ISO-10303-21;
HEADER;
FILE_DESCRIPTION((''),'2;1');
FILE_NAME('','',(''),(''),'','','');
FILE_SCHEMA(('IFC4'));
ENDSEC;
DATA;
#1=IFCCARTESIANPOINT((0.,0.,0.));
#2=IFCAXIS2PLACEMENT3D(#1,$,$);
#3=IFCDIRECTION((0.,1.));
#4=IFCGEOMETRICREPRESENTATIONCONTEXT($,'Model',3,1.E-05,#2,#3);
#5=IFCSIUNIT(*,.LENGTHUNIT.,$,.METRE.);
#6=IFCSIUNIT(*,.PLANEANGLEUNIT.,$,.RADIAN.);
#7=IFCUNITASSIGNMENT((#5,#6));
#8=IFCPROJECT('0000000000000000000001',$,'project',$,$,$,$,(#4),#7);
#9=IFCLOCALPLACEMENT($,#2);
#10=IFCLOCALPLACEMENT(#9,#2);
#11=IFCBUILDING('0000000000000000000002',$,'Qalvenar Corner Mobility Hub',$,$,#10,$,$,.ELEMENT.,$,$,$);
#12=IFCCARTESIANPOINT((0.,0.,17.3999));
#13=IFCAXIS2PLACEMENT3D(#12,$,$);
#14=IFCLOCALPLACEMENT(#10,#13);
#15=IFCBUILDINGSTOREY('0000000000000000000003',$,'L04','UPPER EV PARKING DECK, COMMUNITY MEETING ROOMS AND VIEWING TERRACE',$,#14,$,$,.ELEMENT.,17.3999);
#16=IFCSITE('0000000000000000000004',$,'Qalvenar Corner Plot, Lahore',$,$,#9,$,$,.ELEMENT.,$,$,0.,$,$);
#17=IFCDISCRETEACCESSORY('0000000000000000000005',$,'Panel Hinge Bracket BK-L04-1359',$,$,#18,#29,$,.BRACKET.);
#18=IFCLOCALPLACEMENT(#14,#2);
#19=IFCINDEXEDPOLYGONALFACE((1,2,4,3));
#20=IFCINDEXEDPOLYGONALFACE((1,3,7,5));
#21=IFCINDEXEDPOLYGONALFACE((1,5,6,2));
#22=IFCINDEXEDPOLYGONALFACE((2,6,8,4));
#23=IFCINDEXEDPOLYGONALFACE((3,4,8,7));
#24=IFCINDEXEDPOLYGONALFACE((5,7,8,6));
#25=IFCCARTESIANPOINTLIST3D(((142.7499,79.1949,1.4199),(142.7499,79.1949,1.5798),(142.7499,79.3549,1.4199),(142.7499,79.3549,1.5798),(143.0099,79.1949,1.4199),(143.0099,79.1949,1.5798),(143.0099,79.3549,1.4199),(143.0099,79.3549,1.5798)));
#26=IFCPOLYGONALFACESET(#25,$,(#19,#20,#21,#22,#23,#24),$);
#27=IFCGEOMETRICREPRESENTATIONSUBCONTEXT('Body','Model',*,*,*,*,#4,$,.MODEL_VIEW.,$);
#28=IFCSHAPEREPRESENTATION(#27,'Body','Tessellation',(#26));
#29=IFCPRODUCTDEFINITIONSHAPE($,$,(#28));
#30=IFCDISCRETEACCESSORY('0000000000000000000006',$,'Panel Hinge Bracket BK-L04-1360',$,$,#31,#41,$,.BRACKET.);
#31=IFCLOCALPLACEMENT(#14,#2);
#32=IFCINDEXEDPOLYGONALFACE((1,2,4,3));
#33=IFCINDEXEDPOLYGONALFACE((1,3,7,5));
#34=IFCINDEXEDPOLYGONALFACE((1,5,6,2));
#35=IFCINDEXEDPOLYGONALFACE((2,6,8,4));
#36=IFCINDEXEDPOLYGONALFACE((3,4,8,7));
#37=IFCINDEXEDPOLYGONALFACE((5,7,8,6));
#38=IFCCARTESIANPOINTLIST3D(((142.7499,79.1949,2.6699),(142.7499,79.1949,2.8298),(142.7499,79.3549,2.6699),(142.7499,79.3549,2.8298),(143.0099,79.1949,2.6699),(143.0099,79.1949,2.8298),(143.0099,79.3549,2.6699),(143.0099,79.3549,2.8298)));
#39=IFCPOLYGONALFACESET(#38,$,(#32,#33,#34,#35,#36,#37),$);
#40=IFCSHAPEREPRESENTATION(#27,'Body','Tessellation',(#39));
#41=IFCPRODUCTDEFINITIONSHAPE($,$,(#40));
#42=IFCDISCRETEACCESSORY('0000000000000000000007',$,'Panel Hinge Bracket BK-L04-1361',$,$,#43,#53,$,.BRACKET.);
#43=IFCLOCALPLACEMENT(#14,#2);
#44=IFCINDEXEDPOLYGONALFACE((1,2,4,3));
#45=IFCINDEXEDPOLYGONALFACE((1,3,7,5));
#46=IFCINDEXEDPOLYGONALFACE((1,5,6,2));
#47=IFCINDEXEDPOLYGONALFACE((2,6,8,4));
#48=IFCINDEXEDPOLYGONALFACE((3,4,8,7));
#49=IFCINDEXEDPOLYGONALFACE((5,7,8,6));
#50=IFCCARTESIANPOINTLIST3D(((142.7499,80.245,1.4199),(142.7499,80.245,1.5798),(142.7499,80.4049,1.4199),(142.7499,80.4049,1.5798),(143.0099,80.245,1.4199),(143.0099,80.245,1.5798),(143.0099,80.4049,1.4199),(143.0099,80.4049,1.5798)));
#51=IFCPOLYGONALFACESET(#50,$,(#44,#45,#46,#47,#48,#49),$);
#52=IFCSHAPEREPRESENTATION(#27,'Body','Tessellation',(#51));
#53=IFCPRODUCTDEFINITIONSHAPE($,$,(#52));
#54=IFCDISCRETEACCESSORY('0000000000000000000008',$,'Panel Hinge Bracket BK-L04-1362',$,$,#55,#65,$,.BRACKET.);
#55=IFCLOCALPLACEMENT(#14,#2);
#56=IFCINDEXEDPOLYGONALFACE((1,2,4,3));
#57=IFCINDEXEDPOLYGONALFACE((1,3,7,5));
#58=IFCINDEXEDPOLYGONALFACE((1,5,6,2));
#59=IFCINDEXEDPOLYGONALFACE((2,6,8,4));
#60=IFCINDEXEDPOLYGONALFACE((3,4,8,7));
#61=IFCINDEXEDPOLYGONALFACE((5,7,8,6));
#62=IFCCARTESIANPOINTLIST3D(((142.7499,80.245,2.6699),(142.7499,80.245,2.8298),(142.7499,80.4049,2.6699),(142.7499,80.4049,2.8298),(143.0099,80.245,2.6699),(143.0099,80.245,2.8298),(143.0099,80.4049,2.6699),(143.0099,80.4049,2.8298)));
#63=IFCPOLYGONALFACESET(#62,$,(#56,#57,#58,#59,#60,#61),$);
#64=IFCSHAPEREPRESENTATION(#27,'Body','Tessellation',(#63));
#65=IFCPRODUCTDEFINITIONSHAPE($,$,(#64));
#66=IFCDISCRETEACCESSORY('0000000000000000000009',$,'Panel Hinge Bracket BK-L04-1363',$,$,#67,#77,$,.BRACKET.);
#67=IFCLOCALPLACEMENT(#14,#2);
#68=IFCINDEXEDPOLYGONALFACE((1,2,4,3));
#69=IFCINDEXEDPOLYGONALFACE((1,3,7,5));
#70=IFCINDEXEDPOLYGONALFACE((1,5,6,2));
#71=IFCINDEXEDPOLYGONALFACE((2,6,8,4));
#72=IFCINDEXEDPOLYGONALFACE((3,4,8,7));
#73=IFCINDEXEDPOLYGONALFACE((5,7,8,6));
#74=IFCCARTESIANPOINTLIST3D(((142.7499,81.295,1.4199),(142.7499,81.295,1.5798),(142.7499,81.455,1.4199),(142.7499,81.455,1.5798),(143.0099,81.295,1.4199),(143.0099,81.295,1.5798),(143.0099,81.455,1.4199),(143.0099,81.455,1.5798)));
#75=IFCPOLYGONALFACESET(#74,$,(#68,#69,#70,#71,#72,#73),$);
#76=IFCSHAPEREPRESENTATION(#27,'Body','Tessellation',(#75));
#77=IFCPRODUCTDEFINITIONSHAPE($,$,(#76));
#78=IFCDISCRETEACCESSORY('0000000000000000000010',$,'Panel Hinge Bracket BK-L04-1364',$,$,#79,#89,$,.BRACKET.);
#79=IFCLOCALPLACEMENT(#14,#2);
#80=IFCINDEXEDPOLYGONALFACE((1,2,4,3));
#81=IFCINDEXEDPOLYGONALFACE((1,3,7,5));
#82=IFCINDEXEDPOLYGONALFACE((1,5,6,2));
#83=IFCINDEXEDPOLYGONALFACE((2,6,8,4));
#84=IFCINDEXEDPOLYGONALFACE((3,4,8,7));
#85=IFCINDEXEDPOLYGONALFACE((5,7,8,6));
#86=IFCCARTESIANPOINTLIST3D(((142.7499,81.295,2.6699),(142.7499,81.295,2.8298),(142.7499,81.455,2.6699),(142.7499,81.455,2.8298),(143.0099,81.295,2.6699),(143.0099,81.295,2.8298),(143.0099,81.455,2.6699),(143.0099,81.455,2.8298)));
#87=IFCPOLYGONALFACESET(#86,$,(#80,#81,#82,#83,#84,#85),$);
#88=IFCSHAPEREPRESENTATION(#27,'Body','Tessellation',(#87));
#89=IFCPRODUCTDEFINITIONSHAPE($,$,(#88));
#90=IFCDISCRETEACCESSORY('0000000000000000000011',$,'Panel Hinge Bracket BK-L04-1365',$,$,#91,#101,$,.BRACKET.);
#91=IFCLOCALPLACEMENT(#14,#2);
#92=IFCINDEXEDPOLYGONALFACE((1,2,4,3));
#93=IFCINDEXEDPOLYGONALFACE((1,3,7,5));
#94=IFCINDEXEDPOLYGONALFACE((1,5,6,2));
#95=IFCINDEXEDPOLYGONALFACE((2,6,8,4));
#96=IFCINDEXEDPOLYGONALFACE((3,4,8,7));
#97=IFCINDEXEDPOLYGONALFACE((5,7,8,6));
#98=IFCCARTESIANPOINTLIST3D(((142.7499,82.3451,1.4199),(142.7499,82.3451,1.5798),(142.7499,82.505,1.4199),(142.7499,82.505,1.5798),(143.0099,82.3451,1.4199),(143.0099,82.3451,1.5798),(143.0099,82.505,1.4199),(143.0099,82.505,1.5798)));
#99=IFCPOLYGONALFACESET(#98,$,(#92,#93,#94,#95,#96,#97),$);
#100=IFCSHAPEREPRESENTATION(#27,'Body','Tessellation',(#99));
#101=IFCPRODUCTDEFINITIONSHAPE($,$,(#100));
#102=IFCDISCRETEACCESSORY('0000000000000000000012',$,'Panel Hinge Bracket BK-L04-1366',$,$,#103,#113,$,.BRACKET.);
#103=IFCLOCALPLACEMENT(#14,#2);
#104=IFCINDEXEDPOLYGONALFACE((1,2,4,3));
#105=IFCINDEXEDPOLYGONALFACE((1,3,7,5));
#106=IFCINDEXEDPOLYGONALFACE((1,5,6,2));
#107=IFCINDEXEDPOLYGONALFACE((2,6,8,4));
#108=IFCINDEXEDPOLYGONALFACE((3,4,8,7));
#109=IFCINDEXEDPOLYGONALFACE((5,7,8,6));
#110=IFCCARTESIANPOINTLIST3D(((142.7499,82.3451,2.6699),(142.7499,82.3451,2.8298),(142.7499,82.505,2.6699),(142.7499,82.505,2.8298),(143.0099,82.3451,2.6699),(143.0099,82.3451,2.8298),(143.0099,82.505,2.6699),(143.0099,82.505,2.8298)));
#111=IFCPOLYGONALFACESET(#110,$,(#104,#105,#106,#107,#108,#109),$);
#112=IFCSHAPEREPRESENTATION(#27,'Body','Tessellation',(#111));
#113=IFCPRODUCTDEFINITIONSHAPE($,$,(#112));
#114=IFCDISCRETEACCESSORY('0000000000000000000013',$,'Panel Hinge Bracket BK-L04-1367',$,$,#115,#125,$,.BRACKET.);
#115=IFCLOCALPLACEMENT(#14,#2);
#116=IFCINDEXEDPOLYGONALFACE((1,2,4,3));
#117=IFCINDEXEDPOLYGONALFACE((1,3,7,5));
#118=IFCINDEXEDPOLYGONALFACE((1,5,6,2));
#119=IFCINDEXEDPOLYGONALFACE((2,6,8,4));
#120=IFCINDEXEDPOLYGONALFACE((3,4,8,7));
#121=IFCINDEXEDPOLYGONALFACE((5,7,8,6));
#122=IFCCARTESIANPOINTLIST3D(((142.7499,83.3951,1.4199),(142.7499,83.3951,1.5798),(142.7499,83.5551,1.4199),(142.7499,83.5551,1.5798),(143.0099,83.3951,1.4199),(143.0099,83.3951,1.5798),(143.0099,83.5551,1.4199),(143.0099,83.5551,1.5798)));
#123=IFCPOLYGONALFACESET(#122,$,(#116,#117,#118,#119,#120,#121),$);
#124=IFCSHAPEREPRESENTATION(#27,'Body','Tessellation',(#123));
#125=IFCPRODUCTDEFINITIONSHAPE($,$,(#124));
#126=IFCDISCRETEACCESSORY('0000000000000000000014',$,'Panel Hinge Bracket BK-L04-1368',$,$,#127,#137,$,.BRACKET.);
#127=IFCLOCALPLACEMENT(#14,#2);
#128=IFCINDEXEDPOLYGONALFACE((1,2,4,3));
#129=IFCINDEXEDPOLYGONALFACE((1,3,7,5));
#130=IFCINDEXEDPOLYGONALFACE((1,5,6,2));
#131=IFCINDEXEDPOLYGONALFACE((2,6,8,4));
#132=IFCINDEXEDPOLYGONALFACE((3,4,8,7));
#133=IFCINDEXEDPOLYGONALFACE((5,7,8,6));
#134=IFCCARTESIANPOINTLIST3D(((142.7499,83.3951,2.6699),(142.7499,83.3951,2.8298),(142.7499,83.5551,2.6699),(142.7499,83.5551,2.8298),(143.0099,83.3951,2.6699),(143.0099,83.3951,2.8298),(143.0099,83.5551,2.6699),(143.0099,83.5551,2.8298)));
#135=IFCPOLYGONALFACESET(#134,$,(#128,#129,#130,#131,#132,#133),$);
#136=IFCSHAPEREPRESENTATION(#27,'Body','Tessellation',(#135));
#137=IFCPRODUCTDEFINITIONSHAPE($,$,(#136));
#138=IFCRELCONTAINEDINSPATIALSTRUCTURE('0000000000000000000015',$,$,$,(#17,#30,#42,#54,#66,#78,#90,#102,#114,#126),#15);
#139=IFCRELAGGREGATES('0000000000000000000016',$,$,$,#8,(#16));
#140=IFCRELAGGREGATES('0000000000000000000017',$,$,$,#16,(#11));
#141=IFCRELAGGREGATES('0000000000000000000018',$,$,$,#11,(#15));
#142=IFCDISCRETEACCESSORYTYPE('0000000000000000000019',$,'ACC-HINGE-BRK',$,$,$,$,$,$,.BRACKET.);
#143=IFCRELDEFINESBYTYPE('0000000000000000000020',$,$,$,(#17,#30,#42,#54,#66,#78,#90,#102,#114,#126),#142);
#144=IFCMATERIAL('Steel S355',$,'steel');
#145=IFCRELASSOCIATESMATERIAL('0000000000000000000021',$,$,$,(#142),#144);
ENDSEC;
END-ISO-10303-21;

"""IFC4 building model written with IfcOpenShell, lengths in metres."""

from ifc_helpers import new_model, si_unit, direction, frame, origin, origin_2d, place, context, subcontext, project, spatial, rectangle, extrude, material, type_object, element, save


model = new_model("IFC4")

# Units and contexts
model_context = context("Model", 3, precision=1e-05, world=origin(), true_north=direction((0.0, 1.0)))
body_context = subcontext(model_context, "Body", "Model", "MODEL_VIEW")
ifc_project = project(units=[si_unit("LENGTHUNIT", "METRE"), si_unit("PLANEANGLEUNIT", "RADIAN")], contexts=[model_context])

# Site, building, storey
site_placement = place(None, origin())
site = spatial("IfcSite", under=ifc_project, at=site_placement, Name="Qalvenar Corner Plot, Lahore", CompositionType="ELEMENT", RefElevation=0.0)
building_placement = place(site_placement, origin())
building = spatial("IfcBuilding", under=site, at=building_placement, Name="Qalvenar Corner Mobility Hub", CompositionType="ELEMENT")
storey_placement = place(building_placement, frame((0.0, 0.0, 17.3999)))
storey = spatial("IfcBuildingStorey", under=building, at=storey_placement, Name="L04", Description="UPPER EV PARKING DECK, COMMUNITY MEETING ROOMS AND VIEWING TERRACE", CompositionType="ELEMENT", Elevation=17.3999)

# Discrete accessories
ifc_material_1 = material(Name="Steel S355", Category="steel")
discrete_accessory_type = type_object("IfcDiscreteAccessoryType", Name="ACC-HINGE-BRK", PredefinedType="BRACKET", material=ifc_material_1)
for number, where, z_axis, x_axis, name in (
    (1, (142.8799, 79.2749, 1.4199), (0.0, 0.0, 1.0), (0.0, 1.0, 0.0), "Panel Hinge Bracket BK-L04-1359"),
    (2, (142.8799, 79.2749, 2.6699), (0.0, 0.0, 1.0), (0.0, 1.0, 0.0), "Panel Hinge Bracket BK-L04-1360"),
    (3, (142.8799, 80.325, 1.4199), (0.0, 0.0, 1.0), (0.0, 1.0, 0.0), "Panel Hinge Bracket BK-L04-1361"),
    (4, (142.8799, 80.325, 2.6699), (0.0, 0.0, 1.0), (0.0, 1.0, 0.0), "Panel Hinge Bracket BK-L04-1362"),
    (5, (142.8799, 81.375, 1.4199), (0.0, 0.0, 1.0), (0.0, 1.0, 0.0), "Panel Hinge Bracket BK-L04-1363"),
    (6, (142.8799, 81.375, 2.6699), (0.0, 0.0, 1.0), (0.0, 1.0, 0.0), "Panel Hinge Bracket BK-L04-1364"),
    (7, (142.8799, 82.425, 1.4199), (0.0, 0.0, 1.0), (0.0, 1.0, 0.0), "Panel Hinge Bracket BK-L04-1365"),
    (8, (142.8799, 82.425, 2.6699), (0.0, 0.0, 1.0), (0.0, 1.0, 0.0), "Panel Hinge Bracket BK-L04-1366"),
    (9, (142.8799, 83.4751, 1.4199), (0.0, 0.0, 1.0), (0.0, 1.0, 0.0), "Panel Hinge Bracket BK-L04-1367"),
    (10, (142.8799, 83.4751, 2.6699), (0.0, 0.0, 1.0), (0.0, 1.0, 0.0), "Panel Hinge Bracket BK-L04-1368"),
):
    element("IfcDiscreteAccessory", number, at=place(storey_placement, frame(where, z_axis=z_axis, x_axis=x_axis)), inside=storey, type_object=discrete_accessory_type, Name=name, PredefinedType="BRACKET", context=body_context, shape_type="SweptSolid", body=[
        extrude(rectangle(XDim=0.1599, YDim=0.26, at=origin_2d()), origin(), (0.0, 0.0, 1.0), 0.1599),
    ])

save(model, "model.ifc")
